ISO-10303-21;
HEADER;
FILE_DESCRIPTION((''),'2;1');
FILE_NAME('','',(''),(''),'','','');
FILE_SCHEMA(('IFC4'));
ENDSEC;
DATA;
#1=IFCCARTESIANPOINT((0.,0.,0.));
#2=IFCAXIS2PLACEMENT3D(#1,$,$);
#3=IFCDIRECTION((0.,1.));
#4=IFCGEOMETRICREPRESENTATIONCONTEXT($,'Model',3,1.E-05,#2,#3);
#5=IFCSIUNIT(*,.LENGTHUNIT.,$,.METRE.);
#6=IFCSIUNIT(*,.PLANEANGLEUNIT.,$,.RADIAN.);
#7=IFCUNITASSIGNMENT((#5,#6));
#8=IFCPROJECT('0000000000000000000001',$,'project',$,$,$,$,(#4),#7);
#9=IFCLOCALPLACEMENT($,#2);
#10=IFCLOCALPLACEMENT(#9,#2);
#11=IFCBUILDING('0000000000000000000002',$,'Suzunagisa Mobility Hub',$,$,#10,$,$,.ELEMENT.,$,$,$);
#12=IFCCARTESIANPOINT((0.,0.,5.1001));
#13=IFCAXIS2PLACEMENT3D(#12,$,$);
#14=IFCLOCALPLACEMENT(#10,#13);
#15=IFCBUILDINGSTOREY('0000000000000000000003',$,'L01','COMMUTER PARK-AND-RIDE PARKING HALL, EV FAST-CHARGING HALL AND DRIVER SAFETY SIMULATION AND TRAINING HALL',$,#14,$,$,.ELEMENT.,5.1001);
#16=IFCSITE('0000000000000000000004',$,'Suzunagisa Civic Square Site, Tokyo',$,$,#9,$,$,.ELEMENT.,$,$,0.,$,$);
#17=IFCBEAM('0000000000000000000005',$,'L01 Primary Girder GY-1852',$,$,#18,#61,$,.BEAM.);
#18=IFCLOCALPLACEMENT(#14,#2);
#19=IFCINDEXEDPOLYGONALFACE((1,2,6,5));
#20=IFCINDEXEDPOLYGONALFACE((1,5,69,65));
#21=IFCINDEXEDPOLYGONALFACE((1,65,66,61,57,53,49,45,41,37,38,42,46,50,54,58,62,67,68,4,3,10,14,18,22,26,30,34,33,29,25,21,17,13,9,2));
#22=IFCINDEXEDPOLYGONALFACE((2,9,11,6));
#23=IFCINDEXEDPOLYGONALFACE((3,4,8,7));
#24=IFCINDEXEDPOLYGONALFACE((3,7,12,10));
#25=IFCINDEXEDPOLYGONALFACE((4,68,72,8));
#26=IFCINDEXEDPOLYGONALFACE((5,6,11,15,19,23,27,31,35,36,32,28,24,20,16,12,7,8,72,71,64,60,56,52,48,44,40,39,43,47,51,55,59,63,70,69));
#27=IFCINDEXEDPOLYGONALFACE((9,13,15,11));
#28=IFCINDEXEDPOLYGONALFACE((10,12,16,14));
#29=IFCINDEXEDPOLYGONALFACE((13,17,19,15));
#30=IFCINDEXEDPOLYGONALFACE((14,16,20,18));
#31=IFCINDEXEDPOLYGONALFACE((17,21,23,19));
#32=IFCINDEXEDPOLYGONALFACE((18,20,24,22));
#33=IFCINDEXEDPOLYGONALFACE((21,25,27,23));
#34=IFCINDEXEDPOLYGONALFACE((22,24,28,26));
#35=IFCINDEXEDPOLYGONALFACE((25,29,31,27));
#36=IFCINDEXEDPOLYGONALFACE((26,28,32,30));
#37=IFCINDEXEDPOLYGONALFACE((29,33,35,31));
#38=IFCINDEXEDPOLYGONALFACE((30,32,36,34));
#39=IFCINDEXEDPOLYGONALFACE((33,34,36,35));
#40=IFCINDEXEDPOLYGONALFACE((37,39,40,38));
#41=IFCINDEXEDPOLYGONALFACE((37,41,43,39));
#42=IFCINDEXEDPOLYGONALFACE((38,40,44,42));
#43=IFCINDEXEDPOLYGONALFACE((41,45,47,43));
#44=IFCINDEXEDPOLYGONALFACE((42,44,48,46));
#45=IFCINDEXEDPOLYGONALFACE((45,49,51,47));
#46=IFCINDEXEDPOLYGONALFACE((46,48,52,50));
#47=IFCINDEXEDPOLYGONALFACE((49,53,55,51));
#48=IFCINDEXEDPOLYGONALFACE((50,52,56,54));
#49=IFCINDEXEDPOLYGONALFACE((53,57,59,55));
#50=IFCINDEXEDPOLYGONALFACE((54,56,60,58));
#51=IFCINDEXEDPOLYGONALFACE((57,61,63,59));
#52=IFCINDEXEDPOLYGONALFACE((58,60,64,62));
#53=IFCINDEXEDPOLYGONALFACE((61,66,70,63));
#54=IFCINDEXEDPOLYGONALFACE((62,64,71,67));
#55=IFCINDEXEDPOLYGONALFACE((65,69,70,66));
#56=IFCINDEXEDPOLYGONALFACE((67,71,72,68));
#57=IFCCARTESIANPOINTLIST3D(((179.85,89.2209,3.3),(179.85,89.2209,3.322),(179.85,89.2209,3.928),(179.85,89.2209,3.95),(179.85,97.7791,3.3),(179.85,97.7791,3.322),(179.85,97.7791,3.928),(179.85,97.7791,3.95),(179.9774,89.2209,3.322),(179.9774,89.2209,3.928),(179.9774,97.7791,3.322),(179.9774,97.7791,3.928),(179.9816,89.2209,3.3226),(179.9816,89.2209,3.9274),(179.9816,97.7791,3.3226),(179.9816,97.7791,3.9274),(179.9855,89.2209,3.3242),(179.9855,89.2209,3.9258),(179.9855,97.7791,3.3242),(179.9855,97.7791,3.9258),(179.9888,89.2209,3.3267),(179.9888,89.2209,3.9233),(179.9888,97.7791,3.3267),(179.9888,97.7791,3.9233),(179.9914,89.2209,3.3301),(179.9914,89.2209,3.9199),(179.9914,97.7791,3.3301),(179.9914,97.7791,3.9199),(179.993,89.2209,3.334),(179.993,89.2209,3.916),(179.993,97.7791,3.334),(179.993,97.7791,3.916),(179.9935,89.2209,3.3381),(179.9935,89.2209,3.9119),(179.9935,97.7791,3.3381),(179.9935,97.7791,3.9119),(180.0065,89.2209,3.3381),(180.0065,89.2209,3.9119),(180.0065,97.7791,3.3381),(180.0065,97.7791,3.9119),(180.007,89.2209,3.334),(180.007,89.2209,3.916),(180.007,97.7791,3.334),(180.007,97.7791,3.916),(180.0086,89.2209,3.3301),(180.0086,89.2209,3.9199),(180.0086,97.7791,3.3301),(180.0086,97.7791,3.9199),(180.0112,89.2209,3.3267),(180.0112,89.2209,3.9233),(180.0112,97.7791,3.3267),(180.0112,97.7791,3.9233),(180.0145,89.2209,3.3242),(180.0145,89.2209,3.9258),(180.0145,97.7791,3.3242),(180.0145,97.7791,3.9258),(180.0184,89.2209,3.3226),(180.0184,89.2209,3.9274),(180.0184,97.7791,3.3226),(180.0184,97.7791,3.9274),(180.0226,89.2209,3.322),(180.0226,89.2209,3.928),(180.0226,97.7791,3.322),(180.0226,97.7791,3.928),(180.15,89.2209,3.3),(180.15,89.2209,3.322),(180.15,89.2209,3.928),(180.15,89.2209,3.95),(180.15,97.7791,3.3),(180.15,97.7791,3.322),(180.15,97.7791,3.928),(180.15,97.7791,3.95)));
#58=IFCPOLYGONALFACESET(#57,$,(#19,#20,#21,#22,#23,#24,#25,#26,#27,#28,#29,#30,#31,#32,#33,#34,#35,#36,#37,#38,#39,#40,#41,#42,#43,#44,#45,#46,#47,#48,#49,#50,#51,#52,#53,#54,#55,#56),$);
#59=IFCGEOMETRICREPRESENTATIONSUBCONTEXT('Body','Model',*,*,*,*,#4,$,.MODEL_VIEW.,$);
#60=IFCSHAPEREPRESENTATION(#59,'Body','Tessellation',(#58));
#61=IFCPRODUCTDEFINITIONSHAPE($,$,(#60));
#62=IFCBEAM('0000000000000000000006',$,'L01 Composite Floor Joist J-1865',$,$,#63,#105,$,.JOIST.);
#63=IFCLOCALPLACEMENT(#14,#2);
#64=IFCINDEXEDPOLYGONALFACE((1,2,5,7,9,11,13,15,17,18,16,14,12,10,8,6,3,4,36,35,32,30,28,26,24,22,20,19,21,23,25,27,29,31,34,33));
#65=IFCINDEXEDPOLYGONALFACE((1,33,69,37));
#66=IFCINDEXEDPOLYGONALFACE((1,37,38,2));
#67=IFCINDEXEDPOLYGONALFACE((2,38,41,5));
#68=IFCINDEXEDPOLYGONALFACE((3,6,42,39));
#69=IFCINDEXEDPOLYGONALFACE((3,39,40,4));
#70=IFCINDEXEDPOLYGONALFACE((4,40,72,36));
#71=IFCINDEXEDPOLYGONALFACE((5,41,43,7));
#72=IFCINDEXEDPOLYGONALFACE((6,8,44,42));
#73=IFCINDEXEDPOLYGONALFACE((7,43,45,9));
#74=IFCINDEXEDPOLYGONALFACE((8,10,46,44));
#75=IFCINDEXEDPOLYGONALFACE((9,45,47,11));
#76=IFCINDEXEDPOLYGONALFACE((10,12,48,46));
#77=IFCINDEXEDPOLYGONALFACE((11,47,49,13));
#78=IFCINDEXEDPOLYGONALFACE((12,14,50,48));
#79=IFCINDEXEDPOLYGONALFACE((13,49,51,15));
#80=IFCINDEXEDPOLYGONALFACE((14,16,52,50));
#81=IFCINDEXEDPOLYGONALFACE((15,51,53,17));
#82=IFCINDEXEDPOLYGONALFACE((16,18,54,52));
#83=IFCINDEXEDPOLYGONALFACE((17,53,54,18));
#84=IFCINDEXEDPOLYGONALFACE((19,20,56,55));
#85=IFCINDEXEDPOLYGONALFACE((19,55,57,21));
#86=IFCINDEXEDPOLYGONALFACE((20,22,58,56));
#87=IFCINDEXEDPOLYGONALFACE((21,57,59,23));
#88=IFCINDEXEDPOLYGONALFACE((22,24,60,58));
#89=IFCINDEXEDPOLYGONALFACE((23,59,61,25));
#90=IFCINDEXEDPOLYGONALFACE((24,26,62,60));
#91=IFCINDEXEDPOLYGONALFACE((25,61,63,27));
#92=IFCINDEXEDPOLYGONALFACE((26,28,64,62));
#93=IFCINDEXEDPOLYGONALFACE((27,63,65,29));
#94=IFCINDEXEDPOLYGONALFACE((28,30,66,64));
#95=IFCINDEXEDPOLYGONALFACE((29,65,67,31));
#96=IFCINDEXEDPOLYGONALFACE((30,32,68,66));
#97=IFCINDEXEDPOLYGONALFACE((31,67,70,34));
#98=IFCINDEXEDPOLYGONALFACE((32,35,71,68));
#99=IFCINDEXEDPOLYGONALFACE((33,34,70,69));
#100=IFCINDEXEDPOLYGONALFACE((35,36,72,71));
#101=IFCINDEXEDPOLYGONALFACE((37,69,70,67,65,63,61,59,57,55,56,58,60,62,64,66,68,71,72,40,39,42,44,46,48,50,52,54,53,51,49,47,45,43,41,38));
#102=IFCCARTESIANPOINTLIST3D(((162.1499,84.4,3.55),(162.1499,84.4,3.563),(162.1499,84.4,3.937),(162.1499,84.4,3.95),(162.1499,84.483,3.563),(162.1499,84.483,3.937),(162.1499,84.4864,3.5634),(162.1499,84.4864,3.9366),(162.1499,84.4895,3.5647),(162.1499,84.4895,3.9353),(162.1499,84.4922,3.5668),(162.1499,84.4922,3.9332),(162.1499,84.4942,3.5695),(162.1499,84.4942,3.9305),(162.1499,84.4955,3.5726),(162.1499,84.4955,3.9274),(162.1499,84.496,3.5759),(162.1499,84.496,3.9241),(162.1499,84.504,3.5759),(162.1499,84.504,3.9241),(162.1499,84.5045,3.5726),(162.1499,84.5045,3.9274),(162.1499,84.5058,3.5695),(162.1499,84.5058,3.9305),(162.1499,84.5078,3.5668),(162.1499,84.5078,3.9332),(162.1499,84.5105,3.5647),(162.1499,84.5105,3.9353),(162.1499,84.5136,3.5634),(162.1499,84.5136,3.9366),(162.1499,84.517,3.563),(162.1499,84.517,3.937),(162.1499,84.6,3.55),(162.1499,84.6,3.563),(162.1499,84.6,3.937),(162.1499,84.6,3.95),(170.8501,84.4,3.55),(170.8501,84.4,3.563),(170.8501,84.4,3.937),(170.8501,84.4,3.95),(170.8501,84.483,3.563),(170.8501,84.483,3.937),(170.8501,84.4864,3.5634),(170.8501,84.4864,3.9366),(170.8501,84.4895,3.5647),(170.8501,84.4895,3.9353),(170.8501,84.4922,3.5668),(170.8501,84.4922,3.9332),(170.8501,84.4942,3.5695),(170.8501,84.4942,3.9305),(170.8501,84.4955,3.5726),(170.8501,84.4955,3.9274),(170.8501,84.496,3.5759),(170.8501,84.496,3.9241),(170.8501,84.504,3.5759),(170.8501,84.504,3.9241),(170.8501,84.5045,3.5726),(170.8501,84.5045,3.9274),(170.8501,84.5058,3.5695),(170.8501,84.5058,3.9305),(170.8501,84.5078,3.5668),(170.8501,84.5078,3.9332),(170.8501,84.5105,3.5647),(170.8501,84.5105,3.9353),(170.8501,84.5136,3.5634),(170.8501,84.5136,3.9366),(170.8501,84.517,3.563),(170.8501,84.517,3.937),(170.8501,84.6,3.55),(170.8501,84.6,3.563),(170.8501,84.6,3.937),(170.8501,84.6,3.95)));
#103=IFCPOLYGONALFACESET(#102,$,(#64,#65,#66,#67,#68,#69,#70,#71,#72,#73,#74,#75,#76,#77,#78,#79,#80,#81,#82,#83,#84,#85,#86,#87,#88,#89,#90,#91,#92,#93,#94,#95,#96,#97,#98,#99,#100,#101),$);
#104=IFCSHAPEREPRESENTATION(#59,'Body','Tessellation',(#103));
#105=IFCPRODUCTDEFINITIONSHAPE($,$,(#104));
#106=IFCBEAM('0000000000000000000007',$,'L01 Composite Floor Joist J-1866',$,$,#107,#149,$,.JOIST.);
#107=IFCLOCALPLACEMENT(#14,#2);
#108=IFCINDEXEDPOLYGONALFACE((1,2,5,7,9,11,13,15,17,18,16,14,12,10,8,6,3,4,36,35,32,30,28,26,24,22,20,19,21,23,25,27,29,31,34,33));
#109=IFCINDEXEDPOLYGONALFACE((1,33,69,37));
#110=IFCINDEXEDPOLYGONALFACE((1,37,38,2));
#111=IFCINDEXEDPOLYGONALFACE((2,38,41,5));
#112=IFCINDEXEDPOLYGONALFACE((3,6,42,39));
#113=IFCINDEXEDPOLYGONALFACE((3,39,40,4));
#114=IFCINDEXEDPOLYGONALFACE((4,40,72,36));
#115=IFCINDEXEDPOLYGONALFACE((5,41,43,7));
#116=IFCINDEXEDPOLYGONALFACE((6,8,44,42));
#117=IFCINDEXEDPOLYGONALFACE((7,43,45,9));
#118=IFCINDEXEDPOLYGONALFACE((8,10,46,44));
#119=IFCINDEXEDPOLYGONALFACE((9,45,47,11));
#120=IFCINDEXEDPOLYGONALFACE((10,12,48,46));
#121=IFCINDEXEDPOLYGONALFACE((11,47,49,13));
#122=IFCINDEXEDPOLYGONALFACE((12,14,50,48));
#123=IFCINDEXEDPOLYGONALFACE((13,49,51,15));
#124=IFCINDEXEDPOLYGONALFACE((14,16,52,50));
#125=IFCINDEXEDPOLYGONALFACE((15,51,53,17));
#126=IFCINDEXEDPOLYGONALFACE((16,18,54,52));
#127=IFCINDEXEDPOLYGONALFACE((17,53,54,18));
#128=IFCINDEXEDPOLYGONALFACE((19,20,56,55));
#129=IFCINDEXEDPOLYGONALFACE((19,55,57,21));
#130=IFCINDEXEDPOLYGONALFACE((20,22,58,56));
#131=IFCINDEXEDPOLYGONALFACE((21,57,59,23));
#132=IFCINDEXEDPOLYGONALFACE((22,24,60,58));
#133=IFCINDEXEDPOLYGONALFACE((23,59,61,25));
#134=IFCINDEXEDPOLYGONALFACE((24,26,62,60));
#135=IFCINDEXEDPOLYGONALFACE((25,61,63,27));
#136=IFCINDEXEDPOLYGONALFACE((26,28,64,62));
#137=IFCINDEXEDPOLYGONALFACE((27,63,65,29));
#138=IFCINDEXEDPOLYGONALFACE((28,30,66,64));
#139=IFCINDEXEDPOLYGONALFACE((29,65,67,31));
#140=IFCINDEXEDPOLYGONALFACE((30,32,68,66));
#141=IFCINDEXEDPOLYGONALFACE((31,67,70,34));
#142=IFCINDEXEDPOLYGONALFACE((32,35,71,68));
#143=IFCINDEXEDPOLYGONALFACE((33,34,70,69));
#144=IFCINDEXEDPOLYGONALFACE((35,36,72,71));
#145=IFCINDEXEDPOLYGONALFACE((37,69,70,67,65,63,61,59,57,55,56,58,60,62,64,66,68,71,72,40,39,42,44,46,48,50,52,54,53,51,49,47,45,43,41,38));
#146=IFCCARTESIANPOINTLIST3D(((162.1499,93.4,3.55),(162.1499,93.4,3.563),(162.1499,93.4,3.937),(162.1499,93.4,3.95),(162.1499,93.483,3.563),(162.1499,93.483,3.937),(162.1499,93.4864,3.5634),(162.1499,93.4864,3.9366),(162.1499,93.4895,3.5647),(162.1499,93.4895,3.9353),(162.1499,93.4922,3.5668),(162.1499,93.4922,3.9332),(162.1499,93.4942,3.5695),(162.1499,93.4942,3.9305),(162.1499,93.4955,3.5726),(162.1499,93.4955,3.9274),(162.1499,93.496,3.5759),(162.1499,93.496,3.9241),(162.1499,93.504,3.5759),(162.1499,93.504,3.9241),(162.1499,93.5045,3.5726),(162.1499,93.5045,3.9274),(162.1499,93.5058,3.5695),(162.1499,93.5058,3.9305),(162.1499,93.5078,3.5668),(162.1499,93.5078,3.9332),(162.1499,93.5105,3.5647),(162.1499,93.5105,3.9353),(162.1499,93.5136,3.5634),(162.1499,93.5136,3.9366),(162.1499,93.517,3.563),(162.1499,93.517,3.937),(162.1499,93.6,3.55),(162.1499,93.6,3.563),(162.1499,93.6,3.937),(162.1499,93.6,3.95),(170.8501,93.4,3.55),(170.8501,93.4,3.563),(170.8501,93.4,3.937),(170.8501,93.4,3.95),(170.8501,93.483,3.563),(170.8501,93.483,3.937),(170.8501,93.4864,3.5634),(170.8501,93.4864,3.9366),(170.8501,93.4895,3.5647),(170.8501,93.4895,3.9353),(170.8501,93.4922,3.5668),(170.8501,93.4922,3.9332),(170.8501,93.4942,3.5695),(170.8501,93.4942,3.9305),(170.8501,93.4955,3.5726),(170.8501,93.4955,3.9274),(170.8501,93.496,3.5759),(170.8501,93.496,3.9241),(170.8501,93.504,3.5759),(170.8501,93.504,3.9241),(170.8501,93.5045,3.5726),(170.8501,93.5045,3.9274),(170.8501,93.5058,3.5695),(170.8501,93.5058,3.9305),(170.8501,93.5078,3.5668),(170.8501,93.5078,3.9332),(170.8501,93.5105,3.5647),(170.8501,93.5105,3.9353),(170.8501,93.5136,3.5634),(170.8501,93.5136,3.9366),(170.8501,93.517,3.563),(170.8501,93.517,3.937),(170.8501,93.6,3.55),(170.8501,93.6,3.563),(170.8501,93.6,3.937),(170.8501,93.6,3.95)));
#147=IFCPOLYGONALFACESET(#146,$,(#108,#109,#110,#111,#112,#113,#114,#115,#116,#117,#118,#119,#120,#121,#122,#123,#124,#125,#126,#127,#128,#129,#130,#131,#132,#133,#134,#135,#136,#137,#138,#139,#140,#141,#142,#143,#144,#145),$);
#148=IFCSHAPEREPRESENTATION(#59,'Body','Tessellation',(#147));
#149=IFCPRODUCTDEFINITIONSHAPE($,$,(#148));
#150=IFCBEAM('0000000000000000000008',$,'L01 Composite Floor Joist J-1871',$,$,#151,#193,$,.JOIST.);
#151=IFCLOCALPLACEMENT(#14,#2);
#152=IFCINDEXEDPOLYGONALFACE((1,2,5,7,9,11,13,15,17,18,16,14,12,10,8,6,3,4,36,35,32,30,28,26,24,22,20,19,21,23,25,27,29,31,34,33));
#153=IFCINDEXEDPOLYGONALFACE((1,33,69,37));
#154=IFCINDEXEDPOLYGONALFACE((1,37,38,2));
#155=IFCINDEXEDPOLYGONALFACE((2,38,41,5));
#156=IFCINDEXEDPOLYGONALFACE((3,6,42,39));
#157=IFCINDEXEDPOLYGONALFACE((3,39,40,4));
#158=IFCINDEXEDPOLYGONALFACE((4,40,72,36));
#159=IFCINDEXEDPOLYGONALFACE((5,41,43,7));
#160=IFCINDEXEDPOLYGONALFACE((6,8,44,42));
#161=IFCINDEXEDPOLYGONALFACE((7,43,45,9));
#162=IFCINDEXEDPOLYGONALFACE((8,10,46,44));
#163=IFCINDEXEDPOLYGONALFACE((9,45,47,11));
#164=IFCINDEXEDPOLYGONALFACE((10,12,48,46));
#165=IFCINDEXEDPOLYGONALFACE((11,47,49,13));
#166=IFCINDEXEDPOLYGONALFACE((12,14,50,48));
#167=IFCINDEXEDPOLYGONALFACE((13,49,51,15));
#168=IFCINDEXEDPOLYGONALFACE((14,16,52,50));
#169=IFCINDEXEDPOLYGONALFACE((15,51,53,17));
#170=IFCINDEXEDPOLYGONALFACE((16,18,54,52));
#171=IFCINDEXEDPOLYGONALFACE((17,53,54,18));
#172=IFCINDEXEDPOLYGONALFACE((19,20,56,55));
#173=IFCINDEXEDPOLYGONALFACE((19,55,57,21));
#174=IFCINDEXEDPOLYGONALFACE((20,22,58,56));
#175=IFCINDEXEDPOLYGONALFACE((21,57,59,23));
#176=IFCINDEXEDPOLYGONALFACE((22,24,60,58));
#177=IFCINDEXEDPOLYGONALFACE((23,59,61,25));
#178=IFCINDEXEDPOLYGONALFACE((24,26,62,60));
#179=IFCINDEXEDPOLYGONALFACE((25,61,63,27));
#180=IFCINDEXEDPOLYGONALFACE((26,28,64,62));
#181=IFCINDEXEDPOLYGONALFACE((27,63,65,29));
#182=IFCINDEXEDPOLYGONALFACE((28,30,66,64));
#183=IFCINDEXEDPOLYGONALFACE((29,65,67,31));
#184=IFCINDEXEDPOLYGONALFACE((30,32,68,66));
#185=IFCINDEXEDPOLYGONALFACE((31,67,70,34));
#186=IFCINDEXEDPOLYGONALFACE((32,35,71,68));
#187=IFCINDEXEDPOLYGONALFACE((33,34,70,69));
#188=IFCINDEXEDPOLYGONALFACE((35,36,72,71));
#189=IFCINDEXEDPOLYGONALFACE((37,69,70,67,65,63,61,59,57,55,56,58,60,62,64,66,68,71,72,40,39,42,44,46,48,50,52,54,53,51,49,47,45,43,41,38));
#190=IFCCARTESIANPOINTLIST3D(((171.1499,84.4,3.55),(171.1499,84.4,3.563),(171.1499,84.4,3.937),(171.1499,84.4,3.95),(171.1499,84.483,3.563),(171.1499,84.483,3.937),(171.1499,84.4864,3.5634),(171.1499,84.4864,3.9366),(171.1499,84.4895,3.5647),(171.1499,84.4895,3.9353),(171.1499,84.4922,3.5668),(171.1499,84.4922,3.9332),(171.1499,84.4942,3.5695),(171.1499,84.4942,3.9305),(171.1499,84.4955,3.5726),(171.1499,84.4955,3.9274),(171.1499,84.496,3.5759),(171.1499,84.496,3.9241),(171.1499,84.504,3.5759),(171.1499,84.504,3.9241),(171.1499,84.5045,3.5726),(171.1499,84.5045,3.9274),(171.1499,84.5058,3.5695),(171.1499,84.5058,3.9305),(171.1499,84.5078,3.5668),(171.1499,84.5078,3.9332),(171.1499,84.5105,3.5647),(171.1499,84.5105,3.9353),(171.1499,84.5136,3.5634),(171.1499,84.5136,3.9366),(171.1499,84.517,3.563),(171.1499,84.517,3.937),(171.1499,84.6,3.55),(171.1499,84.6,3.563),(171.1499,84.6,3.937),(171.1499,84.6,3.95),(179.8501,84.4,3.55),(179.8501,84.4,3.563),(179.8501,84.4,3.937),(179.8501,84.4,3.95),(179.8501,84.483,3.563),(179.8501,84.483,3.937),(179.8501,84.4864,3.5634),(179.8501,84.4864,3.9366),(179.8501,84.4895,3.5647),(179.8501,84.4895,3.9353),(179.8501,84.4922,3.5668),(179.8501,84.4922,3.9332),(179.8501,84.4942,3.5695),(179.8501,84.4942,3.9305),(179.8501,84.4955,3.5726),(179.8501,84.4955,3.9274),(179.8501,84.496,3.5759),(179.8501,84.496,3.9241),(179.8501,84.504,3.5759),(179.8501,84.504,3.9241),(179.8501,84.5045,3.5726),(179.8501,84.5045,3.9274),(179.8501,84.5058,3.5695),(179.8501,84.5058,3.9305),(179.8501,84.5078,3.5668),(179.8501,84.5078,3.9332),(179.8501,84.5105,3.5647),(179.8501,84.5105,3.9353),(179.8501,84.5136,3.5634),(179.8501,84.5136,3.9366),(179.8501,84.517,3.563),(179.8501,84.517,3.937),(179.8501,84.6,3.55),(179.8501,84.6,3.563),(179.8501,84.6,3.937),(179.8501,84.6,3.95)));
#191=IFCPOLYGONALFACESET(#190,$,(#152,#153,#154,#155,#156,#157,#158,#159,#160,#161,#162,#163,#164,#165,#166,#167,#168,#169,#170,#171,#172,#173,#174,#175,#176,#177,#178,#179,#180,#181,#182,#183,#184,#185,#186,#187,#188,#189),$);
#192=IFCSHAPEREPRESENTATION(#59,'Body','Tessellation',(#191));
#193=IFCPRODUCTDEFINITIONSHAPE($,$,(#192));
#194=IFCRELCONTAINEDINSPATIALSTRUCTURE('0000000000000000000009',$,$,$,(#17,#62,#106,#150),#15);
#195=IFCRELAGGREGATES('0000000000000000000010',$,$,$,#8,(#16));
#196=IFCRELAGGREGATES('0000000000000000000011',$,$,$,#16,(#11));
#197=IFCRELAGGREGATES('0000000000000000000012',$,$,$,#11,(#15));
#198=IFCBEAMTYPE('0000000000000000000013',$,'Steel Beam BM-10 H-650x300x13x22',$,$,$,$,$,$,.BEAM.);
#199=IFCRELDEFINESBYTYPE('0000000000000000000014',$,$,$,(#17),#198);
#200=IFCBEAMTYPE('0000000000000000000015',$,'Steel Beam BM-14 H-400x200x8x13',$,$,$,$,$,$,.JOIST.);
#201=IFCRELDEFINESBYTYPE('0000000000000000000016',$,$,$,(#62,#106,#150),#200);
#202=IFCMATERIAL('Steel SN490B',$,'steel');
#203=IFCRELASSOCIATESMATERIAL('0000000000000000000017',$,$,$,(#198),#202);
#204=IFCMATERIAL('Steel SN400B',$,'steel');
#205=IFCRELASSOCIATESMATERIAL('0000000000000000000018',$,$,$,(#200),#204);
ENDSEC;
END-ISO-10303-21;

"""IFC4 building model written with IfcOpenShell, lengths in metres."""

from ifc_helpers import new_model, si_unit, direction, frame, origin, origin_2d, place, context, subcontext, project, spatial, i_section, extrude, material, material_profile, profile_set, type_object, element, save


model = new_model("IFC4")

# Units and contexts
model_context = context("Model", 3, precision=1e-05, world=origin(), true_north=direction((0.0, 1.0)))
body_context = subcontext(model_context, "Body", "Model", "MODEL_VIEW")
ifc_project = project(units=[si_unit("LENGTHUNIT", "METRE"), si_unit("PLANEANGLEUNIT", "RADIAN")], contexts=[model_context])

# Site, building, storey
site_placement = place(None, origin())
site = spatial("IfcSite", under=ifc_project, at=site_placement, Name="Suzunagisa Civic Square Site, Tokyo", CompositionType="ELEMENT", RefElevation=0.0)
building_placement = place(site_placement, origin())
building = spatial("IfcBuilding", under=site, at=building_placement, Name="Suzunagisa Mobility Hub", CompositionType="ELEMENT")
storey_placement = place(building_placement, frame((0.0, 0.0, 5.1001)))
storey = spatial("IfcBuildingStorey", under=building, at=storey_placement, Name="L01", Description="COMMUTER PARK-AND-RIDE PARKING HALL, EV FAST-CHARGING HALL AND DRIVER SAFETY SIMULATION AND TRAINING HALL", CompositionType="ELEMENT", Elevation=5.1001)

# Shared definitions
ifc_material_1 = material(Name="Steel SN490B", Category="steel")

# Beams
ifc_material_profile_1 = material_profile(ifc_material_1, i_section(OverallWidth=0.3, OverallDepth=0.6499, WebThickness=0.0129, FlangeThickness=0.022, FilletRadius=0.0161, at=origin_2d()), Name="H-650x300x13x22")
ifc_profile_set_1 = profile_set([ifc_material_profile_1], Name="Steel SN490B")
beam_type_1 = type_object("IfcBeamType", Name="Steel Beam BM-10 H-650x300x13x22", PredefinedType="BEAM", material=ifc_profile_set_1)
for number, where, z_axis, x_axis, name in (
    (1, (180.0, 89.2209, 3.625), (0.0, 1.0, 0.0), (-1.0, 0.0, 0.0), "L01 Primary Girder GY-1852"),
):
    element("IfcBeam", number, at=place(storey_placement, frame(where, z_axis=z_axis, x_axis=x_axis)), inside=storey, type_object=beam_type_1, Name=name, PredefinedType="BEAM", context=body_context, shape_type="SweptSolid", body=[
        extrude(i_section(OverallWidth=0.3, OverallDepth=0.6499, WebThickness=0.0129, FlangeThickness=0.022, FilletRadius=0.0161, at=origin_2d()), origin(), (0.0, 0.0, 1.0), 8.5581),
    ])
ifc_material_2 = material(Name="Steel SN400B", Category="steel")
ifc_material_profile_2 = material_profile(ifc_material_2, i_section(OverallWidth=0.2, OverallDepth=0.3999, WebThickness=0.0081, FlangeThickness=0.0129, FilletRadius=0.0129, at=origin_2d()), Name="H-400x200x8x13")
ifc_profile_set_2 = profile_set([ifc_material_profile_2], Name="Steel SN400B")
beam_type_2 = type_object("IfcBeamType", Name="Steel Beam BM-14 H-400x200x8x13", PredefinedType="JOIST", material=ifc_profile_set_2)
for number, where, z_axis, x_axis, name in (
    (2, (162.1499, 84.5, 3.75), (1.0, 0.0, 0.0), (0.0, 1.0, 0.0), "L01 Composite Floor Joist J-1865"),
    (3, (162.1499, 93.5, 3.75), (1.0, 0.0, 0.0), (0.0, 1.0, 0.0), "L01 Composite Floor Joist J-1866"),
    (4, (171.1499, 84.5, 3.75), (1.0, 0.0, 0.0), (0.0, 1.0, 0.0), "L01 Composite Floor Joist J-1871"),
):
    element("IfcBeam", number, at=place(storey_placement, frame(where, z_axis=z_axis, x_axis=x_axis)), inside=storey, type_object=beam_type_2, Name=name, PredefinedType="JOIST", context=body_context, shape_type="SweptSolid", body=[
        extrude(i_section(OverallWidth=0.2, OverallDepth=0.3999, WebThickness=0.0081, FlangeThickness=0.0129, FilletRadius=0.0129, at=origin_2d()), origin(), (0.0, 0.0, 1.0), 8.7002),
    ])

save(model, "model.ifc")
